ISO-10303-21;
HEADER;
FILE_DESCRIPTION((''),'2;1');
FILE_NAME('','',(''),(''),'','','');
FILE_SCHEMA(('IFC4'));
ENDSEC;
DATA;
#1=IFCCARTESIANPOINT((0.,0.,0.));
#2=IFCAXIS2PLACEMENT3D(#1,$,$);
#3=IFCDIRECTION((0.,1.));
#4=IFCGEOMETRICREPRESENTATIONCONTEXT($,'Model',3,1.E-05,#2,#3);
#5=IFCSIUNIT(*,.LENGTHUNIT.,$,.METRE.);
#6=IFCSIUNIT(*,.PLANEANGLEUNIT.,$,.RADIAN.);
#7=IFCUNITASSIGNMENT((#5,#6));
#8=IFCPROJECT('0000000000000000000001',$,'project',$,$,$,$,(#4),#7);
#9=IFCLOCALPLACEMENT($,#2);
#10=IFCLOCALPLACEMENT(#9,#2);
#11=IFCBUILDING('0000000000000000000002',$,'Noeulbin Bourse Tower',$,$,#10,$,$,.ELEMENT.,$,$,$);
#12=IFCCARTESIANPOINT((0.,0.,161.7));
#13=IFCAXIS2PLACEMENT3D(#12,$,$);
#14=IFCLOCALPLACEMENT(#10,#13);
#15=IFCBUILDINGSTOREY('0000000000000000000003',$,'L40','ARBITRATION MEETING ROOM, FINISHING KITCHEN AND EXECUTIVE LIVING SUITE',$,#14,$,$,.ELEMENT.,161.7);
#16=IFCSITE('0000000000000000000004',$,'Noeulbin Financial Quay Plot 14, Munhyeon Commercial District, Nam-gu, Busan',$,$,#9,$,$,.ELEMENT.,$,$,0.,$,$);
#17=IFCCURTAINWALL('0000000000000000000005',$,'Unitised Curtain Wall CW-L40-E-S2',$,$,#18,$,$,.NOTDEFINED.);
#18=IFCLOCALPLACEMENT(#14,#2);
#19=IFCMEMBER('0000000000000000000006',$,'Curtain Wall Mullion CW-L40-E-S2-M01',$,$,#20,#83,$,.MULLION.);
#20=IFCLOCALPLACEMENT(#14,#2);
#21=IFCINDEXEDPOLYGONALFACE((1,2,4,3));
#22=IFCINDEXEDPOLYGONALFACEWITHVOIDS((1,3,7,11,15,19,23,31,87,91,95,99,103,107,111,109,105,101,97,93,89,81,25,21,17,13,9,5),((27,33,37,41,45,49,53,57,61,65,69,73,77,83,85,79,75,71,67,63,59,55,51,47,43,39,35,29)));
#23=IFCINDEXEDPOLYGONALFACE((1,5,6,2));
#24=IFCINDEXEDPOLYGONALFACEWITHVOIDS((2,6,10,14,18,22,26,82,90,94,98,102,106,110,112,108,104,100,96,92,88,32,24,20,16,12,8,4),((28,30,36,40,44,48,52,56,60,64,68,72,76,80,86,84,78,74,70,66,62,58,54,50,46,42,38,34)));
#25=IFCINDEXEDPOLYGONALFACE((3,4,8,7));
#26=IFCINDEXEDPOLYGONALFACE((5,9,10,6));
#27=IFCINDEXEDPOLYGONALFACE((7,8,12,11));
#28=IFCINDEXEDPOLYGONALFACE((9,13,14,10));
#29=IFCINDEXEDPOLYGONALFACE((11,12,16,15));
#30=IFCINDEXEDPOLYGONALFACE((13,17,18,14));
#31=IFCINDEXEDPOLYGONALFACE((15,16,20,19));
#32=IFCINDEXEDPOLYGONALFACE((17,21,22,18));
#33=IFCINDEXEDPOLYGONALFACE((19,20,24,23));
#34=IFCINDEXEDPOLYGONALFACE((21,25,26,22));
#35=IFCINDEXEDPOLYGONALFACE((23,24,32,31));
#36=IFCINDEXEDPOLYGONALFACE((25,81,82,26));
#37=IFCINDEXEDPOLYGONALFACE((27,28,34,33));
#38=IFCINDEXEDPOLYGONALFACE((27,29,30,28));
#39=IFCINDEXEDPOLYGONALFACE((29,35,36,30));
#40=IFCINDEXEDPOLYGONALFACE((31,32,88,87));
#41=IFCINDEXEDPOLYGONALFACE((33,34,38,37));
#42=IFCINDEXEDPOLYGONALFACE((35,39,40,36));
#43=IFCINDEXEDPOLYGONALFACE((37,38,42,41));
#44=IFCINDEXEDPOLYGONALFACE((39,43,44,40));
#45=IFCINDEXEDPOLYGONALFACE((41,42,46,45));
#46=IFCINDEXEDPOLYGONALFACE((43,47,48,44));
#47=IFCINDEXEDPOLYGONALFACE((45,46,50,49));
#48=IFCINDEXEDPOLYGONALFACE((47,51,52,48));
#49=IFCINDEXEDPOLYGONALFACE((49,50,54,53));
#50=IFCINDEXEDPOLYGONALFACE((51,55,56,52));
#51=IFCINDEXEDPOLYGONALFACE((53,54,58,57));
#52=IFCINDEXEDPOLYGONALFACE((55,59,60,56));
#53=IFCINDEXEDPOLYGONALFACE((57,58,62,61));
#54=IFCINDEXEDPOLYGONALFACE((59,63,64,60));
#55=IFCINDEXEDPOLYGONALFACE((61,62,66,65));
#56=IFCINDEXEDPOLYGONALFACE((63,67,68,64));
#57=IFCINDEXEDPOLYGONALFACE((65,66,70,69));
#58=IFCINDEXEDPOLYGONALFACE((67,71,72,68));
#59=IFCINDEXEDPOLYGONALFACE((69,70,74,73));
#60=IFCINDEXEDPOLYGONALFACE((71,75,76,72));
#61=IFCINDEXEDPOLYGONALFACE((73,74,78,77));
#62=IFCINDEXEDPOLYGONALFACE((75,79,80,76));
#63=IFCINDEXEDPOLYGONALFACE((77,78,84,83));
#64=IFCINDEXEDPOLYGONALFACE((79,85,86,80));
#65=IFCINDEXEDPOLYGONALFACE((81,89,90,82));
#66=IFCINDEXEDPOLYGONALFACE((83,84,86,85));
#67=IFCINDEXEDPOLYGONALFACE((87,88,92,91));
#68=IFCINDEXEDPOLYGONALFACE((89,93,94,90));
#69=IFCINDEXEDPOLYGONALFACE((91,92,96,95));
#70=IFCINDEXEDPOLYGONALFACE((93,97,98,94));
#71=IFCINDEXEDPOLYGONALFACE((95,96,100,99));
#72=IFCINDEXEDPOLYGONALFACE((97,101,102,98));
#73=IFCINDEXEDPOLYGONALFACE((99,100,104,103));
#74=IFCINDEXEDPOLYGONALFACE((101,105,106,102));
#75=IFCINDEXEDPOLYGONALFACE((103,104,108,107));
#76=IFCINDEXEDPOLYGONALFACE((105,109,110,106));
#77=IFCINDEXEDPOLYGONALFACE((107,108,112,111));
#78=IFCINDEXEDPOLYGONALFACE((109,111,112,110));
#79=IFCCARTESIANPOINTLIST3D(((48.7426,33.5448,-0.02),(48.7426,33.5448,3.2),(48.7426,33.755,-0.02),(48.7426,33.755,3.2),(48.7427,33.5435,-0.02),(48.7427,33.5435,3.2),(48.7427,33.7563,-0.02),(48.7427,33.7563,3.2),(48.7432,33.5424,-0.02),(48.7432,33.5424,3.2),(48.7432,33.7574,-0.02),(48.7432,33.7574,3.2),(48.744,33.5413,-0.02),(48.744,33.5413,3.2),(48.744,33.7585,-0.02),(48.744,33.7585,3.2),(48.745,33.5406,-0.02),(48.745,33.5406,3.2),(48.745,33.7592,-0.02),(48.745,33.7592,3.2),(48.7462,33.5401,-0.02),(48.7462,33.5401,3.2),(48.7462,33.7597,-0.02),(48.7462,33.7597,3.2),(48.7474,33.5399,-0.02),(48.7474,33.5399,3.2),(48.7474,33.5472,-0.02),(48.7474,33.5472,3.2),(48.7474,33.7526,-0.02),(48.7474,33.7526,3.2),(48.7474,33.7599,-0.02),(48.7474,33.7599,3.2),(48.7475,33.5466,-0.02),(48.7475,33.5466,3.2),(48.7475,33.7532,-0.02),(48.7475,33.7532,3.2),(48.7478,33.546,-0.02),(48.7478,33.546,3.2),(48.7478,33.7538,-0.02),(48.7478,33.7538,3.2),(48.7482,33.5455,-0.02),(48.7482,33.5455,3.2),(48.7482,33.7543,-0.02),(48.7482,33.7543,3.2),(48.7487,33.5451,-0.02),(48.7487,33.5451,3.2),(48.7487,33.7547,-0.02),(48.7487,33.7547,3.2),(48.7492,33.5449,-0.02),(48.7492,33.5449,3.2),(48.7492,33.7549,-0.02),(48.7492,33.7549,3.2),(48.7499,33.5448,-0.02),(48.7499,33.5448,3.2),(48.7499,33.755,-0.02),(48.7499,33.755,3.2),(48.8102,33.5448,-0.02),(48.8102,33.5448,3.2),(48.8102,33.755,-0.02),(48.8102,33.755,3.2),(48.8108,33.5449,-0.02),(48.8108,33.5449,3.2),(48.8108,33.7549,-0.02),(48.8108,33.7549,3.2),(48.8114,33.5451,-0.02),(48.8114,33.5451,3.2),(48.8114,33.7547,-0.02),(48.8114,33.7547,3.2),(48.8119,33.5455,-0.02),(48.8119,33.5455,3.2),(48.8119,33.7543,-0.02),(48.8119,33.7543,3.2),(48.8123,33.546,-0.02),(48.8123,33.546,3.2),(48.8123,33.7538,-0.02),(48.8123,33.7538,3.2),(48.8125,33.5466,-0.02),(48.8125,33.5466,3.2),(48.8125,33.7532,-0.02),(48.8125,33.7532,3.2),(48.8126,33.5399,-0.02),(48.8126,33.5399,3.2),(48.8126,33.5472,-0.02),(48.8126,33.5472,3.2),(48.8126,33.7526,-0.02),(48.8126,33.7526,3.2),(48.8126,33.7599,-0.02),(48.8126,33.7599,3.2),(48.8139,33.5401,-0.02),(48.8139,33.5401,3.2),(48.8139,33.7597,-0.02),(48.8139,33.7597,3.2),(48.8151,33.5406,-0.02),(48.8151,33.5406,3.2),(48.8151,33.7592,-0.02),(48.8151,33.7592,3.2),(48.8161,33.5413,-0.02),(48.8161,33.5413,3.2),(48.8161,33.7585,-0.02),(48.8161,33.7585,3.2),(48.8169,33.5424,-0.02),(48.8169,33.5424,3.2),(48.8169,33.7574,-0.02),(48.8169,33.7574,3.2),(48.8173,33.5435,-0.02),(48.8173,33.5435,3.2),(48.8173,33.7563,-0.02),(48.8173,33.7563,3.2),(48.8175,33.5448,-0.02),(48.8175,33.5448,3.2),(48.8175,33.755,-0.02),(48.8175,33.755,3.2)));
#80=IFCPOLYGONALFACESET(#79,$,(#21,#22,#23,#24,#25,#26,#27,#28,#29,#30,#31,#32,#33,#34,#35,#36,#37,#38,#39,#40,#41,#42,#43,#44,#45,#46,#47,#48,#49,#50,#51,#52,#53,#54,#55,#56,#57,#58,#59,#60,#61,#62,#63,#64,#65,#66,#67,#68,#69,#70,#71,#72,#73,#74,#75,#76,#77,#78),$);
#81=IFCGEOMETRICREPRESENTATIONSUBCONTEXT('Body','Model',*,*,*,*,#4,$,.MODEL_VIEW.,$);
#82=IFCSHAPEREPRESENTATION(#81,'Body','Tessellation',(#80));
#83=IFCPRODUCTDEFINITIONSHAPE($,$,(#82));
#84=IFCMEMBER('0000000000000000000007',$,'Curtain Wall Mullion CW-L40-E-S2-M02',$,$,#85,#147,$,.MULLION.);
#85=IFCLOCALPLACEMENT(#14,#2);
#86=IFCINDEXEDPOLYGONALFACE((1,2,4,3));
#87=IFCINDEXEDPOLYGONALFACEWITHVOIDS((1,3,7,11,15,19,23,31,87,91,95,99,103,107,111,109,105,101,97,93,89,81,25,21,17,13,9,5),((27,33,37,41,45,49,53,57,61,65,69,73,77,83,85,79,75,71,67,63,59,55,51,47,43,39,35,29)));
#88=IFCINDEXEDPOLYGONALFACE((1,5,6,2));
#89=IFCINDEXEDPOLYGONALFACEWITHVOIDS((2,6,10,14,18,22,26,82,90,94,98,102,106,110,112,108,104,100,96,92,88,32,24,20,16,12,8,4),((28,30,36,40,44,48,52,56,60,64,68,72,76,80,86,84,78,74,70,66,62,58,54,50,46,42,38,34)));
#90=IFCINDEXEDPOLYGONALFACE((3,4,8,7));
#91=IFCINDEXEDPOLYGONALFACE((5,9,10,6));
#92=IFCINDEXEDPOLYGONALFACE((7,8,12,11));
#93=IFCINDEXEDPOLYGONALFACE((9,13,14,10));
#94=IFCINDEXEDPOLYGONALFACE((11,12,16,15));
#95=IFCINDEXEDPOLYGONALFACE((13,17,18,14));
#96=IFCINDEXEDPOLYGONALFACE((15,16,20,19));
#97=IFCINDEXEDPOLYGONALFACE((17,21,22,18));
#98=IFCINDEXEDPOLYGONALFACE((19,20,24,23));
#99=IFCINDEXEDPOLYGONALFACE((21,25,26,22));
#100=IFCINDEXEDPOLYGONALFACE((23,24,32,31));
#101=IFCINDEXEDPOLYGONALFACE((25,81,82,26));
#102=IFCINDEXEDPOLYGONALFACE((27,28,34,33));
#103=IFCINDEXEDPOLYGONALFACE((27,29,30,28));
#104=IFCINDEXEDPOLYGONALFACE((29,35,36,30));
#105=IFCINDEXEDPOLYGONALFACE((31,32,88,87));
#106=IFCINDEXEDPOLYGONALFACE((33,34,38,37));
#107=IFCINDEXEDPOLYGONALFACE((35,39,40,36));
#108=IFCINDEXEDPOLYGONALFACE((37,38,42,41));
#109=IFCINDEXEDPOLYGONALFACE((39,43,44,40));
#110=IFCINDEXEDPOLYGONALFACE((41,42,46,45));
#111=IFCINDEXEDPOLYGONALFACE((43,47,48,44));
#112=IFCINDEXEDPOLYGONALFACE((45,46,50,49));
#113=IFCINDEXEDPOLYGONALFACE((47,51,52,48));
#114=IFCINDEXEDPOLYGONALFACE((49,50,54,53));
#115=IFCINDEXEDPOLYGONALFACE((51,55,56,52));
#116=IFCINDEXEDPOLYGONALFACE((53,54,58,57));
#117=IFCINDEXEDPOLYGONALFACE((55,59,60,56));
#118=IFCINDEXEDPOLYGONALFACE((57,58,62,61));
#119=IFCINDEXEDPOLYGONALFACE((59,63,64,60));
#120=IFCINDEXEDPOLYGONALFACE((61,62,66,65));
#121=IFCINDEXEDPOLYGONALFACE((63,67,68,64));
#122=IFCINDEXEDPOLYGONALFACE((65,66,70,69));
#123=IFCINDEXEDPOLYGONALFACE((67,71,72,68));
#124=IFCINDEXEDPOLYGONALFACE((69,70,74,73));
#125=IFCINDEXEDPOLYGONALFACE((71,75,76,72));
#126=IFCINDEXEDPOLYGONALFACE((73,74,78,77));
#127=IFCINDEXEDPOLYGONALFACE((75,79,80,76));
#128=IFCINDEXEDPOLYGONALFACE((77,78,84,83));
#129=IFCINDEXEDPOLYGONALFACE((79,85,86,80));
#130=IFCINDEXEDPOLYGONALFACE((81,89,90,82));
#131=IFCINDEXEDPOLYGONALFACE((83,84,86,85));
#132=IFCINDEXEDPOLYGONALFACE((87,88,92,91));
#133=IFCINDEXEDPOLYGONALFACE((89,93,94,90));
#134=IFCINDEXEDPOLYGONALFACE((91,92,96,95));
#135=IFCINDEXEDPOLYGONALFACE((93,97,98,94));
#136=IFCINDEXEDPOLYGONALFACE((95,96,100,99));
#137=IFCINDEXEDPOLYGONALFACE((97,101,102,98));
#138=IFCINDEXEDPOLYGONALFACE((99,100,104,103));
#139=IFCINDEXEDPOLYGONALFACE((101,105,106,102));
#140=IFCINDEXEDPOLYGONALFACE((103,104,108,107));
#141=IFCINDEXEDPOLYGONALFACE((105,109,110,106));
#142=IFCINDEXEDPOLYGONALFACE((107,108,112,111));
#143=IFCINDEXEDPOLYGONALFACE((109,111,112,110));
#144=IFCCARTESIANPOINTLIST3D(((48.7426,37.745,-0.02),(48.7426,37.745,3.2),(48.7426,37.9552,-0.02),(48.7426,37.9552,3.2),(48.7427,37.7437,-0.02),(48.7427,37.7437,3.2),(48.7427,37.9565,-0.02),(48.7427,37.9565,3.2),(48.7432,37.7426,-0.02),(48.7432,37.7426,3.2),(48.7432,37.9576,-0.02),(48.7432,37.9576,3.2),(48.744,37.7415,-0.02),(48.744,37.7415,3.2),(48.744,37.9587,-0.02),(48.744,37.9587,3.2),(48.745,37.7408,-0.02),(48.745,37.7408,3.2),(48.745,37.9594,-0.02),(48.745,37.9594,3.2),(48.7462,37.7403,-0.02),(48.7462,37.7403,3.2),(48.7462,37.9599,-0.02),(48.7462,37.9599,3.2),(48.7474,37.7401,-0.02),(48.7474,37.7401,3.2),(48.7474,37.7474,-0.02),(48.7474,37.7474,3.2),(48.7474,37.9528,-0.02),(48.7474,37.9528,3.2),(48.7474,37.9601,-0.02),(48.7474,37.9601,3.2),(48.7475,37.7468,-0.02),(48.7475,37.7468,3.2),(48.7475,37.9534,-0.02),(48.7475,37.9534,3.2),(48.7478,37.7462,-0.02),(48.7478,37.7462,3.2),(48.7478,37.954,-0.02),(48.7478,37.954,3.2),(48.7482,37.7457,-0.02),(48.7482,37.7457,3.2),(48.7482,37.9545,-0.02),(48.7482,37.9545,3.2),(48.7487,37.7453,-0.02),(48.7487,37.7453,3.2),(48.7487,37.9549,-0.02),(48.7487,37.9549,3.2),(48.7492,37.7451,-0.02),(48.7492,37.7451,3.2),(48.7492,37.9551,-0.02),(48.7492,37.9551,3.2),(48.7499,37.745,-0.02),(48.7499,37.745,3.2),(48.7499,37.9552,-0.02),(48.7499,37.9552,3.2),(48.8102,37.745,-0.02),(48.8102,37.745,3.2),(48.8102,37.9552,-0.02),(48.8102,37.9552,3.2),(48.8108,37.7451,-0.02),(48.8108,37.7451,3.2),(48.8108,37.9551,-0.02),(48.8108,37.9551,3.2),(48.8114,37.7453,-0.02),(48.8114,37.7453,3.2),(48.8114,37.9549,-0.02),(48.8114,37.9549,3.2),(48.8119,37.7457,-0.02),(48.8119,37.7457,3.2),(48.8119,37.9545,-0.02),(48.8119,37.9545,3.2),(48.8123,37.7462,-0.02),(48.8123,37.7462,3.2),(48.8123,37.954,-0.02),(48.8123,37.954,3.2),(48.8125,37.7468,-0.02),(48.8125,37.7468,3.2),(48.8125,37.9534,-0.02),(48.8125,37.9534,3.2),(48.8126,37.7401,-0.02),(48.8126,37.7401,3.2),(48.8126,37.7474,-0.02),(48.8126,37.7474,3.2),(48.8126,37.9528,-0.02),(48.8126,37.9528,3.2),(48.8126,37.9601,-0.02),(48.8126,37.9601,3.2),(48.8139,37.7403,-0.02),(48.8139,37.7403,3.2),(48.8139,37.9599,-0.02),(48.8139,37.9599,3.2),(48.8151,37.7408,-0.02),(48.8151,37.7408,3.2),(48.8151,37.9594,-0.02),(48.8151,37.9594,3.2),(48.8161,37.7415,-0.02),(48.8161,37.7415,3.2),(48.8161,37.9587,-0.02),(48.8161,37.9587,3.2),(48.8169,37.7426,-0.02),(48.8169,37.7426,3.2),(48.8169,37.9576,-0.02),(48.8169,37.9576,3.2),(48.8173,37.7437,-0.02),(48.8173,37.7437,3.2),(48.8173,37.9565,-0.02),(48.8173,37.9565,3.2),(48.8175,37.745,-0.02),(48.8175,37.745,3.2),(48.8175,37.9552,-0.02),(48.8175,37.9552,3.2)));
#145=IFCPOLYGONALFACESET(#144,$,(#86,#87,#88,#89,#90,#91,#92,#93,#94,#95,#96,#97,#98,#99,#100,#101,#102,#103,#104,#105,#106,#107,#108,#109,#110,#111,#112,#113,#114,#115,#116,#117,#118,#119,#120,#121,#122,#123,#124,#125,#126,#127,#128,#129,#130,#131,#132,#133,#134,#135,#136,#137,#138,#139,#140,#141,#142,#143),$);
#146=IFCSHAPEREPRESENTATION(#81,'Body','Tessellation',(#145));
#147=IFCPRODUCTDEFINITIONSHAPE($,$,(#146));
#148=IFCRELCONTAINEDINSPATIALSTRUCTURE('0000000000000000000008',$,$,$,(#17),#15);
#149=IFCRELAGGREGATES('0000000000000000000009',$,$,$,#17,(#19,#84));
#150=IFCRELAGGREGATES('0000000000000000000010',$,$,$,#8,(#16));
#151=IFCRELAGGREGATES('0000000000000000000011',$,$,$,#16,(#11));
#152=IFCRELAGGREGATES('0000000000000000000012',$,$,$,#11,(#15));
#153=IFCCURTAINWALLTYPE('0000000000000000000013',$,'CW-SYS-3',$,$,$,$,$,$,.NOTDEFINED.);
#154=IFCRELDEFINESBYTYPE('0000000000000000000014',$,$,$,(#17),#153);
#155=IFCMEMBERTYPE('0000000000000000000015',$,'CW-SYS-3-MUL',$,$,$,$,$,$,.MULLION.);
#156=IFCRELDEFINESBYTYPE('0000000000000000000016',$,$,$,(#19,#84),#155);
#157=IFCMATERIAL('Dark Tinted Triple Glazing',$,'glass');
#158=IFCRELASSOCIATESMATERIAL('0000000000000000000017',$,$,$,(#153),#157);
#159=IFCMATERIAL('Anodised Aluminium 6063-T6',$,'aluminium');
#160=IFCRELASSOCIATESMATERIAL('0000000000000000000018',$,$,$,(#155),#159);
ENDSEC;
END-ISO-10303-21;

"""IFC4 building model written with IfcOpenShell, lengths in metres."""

from ifc_helpers import new_model, si_unit, direction, frame, origin, origin_2d, place, context, subcontext, project, spatial, hollow_rectangle, extrude, material, material_profile, profile_set, type_object, element, aggregate, save


model = new_model("IFC4")

# Units and contexts
model_context = context("Model", 3, precision=1e-05, world=origin(), true_north=direction((0.0, 1.0)))
body_context = subcontext(model_context, "Body", "Model", "MODEL_VIEW")
ifc_project = project(units=[si_unit("LENGTHUNIT", "METRE"), si_unit("PLANEANGLEUNIT", "RADIAN")], contexts=[model_context])

# Site, building, storey
site_placement = place(None, origin())
site = spatial("IfcSite", under=ifc_project, at=site_placement, Name="Noeulbin Financial Quay Plot 14, Munhyeon Commercial District, Nam-gu, Busan", CompositionType="ELEMENT", RefElevation=0.0)
building_placement = place(site_placement, origin())
building = spatial("IfcBuilding", under=site, at=building_placement, Name="Noeulbin Bourse Tower", CompositionType="ELEMENT")
storey_placement = place(building_placement, frame((0.0, 0.0, 161.7)))
storey = spatial("IfcBuildingStorey", under=building, at=storey_placement, Name="L40", Description="ARBITRATION MEETING ROOM, FINISHING KITCHEN AND EXECUTIVE LIVING SUITE", CompositionType="ELEMENT", Elevation=161.7)

# Curtain wall, members
ifc_material_1 = material(Name="Dark Tinted Triple Glazing", Category="glass")
curtain_wall_type = type_object("IfcCurtainWallType", Name="CW-SYS-3", PredefinedType="NOTDEFINED", material=ifc_material_1)
curtain_wall_placement = place(storey_placement, origin())
curtain_wall = element("IfcCurtainWall", 1, at=curtain_wall_placement, inside=storey, type_object=curtain_wall_type, Name="Unitised Curtain Wall CW-L40-E-S2", PredefinedType="NOTDEFINED")
ifc_material_2 = material(Name="Anodised Aluminium 6063-T6", Category="aluminium")
ifc_material_profile_1 = material_profile(ifc_material_2, hollow_rectangle(XDim=0.075, YDim=0.22, WallThickness=0.0049, InnerFilletRadius=0.0024, OuterFilletRadius=0.0049, at=origin_2d()), Name="ALU-MULL-75x220x5", Category="LoadBearing")
ifc_profile_set_1 = profile_set([ifc_material_profile_1], Name="Anodised Aluminium 6063-T6")
member_type_1 = type_object("IfcMemberType", Name="CW-SYS-3-MUL", PredefinedType="MULLION", material=ifc_profile_set_1)
member_1_placement = place(storey_placement, frame((48.78, 33.6499, -0.02), z_axis=(0.0, 0.0, 1.0), x_axis=(1.0, 0.0, 0.0)))
member_1 = element("IfcMember", 2, at=member_1_placement, type_object=member_type_1, Name="Curtain Wall Mullion CW-L40-E-S2-M01", PredefinedType="MULLION", context=body_context, shape_type="SweptSolid", body=[
    extrude(hollow_rectangle(XDim=0.075, YDim=0.22, WallThickness=0.0049, InnerFilletRadius=0.0024, OuterFilletRadius=0.0049, at=origin_2d()), origin(), (0.0, 0.0, 1.0), 3.22),
])
member_2_placement = place(storey_placement, frame((48.78, 37.8501, -0.02), z_axis=(0.0, 0.0, 1.0), x_axis=(1.0, 0.0, 0.0)))
member_2 = element("IfcMember", 3, at=member_2_placement, type_object=member_type_1, Name="Curtain Wall Mullion CW-L40-E-S2-M02", PredefinedType="MULLION", context=body_context, shape_type="SweptSolid", body=[
    extrude(hollow_rectangle(XDim=0.075, YDim=0.22, WallThickness=0.0049, InnerFilletRadius=0.0024, OuterFilletRadius=0.0049, at=origin_2d()), origin(), (0.0, 0.0, 1.0), 3.22),
])
aggregate(curtain_wall, [member_1, member_2])

save(model, "model.ifc")
